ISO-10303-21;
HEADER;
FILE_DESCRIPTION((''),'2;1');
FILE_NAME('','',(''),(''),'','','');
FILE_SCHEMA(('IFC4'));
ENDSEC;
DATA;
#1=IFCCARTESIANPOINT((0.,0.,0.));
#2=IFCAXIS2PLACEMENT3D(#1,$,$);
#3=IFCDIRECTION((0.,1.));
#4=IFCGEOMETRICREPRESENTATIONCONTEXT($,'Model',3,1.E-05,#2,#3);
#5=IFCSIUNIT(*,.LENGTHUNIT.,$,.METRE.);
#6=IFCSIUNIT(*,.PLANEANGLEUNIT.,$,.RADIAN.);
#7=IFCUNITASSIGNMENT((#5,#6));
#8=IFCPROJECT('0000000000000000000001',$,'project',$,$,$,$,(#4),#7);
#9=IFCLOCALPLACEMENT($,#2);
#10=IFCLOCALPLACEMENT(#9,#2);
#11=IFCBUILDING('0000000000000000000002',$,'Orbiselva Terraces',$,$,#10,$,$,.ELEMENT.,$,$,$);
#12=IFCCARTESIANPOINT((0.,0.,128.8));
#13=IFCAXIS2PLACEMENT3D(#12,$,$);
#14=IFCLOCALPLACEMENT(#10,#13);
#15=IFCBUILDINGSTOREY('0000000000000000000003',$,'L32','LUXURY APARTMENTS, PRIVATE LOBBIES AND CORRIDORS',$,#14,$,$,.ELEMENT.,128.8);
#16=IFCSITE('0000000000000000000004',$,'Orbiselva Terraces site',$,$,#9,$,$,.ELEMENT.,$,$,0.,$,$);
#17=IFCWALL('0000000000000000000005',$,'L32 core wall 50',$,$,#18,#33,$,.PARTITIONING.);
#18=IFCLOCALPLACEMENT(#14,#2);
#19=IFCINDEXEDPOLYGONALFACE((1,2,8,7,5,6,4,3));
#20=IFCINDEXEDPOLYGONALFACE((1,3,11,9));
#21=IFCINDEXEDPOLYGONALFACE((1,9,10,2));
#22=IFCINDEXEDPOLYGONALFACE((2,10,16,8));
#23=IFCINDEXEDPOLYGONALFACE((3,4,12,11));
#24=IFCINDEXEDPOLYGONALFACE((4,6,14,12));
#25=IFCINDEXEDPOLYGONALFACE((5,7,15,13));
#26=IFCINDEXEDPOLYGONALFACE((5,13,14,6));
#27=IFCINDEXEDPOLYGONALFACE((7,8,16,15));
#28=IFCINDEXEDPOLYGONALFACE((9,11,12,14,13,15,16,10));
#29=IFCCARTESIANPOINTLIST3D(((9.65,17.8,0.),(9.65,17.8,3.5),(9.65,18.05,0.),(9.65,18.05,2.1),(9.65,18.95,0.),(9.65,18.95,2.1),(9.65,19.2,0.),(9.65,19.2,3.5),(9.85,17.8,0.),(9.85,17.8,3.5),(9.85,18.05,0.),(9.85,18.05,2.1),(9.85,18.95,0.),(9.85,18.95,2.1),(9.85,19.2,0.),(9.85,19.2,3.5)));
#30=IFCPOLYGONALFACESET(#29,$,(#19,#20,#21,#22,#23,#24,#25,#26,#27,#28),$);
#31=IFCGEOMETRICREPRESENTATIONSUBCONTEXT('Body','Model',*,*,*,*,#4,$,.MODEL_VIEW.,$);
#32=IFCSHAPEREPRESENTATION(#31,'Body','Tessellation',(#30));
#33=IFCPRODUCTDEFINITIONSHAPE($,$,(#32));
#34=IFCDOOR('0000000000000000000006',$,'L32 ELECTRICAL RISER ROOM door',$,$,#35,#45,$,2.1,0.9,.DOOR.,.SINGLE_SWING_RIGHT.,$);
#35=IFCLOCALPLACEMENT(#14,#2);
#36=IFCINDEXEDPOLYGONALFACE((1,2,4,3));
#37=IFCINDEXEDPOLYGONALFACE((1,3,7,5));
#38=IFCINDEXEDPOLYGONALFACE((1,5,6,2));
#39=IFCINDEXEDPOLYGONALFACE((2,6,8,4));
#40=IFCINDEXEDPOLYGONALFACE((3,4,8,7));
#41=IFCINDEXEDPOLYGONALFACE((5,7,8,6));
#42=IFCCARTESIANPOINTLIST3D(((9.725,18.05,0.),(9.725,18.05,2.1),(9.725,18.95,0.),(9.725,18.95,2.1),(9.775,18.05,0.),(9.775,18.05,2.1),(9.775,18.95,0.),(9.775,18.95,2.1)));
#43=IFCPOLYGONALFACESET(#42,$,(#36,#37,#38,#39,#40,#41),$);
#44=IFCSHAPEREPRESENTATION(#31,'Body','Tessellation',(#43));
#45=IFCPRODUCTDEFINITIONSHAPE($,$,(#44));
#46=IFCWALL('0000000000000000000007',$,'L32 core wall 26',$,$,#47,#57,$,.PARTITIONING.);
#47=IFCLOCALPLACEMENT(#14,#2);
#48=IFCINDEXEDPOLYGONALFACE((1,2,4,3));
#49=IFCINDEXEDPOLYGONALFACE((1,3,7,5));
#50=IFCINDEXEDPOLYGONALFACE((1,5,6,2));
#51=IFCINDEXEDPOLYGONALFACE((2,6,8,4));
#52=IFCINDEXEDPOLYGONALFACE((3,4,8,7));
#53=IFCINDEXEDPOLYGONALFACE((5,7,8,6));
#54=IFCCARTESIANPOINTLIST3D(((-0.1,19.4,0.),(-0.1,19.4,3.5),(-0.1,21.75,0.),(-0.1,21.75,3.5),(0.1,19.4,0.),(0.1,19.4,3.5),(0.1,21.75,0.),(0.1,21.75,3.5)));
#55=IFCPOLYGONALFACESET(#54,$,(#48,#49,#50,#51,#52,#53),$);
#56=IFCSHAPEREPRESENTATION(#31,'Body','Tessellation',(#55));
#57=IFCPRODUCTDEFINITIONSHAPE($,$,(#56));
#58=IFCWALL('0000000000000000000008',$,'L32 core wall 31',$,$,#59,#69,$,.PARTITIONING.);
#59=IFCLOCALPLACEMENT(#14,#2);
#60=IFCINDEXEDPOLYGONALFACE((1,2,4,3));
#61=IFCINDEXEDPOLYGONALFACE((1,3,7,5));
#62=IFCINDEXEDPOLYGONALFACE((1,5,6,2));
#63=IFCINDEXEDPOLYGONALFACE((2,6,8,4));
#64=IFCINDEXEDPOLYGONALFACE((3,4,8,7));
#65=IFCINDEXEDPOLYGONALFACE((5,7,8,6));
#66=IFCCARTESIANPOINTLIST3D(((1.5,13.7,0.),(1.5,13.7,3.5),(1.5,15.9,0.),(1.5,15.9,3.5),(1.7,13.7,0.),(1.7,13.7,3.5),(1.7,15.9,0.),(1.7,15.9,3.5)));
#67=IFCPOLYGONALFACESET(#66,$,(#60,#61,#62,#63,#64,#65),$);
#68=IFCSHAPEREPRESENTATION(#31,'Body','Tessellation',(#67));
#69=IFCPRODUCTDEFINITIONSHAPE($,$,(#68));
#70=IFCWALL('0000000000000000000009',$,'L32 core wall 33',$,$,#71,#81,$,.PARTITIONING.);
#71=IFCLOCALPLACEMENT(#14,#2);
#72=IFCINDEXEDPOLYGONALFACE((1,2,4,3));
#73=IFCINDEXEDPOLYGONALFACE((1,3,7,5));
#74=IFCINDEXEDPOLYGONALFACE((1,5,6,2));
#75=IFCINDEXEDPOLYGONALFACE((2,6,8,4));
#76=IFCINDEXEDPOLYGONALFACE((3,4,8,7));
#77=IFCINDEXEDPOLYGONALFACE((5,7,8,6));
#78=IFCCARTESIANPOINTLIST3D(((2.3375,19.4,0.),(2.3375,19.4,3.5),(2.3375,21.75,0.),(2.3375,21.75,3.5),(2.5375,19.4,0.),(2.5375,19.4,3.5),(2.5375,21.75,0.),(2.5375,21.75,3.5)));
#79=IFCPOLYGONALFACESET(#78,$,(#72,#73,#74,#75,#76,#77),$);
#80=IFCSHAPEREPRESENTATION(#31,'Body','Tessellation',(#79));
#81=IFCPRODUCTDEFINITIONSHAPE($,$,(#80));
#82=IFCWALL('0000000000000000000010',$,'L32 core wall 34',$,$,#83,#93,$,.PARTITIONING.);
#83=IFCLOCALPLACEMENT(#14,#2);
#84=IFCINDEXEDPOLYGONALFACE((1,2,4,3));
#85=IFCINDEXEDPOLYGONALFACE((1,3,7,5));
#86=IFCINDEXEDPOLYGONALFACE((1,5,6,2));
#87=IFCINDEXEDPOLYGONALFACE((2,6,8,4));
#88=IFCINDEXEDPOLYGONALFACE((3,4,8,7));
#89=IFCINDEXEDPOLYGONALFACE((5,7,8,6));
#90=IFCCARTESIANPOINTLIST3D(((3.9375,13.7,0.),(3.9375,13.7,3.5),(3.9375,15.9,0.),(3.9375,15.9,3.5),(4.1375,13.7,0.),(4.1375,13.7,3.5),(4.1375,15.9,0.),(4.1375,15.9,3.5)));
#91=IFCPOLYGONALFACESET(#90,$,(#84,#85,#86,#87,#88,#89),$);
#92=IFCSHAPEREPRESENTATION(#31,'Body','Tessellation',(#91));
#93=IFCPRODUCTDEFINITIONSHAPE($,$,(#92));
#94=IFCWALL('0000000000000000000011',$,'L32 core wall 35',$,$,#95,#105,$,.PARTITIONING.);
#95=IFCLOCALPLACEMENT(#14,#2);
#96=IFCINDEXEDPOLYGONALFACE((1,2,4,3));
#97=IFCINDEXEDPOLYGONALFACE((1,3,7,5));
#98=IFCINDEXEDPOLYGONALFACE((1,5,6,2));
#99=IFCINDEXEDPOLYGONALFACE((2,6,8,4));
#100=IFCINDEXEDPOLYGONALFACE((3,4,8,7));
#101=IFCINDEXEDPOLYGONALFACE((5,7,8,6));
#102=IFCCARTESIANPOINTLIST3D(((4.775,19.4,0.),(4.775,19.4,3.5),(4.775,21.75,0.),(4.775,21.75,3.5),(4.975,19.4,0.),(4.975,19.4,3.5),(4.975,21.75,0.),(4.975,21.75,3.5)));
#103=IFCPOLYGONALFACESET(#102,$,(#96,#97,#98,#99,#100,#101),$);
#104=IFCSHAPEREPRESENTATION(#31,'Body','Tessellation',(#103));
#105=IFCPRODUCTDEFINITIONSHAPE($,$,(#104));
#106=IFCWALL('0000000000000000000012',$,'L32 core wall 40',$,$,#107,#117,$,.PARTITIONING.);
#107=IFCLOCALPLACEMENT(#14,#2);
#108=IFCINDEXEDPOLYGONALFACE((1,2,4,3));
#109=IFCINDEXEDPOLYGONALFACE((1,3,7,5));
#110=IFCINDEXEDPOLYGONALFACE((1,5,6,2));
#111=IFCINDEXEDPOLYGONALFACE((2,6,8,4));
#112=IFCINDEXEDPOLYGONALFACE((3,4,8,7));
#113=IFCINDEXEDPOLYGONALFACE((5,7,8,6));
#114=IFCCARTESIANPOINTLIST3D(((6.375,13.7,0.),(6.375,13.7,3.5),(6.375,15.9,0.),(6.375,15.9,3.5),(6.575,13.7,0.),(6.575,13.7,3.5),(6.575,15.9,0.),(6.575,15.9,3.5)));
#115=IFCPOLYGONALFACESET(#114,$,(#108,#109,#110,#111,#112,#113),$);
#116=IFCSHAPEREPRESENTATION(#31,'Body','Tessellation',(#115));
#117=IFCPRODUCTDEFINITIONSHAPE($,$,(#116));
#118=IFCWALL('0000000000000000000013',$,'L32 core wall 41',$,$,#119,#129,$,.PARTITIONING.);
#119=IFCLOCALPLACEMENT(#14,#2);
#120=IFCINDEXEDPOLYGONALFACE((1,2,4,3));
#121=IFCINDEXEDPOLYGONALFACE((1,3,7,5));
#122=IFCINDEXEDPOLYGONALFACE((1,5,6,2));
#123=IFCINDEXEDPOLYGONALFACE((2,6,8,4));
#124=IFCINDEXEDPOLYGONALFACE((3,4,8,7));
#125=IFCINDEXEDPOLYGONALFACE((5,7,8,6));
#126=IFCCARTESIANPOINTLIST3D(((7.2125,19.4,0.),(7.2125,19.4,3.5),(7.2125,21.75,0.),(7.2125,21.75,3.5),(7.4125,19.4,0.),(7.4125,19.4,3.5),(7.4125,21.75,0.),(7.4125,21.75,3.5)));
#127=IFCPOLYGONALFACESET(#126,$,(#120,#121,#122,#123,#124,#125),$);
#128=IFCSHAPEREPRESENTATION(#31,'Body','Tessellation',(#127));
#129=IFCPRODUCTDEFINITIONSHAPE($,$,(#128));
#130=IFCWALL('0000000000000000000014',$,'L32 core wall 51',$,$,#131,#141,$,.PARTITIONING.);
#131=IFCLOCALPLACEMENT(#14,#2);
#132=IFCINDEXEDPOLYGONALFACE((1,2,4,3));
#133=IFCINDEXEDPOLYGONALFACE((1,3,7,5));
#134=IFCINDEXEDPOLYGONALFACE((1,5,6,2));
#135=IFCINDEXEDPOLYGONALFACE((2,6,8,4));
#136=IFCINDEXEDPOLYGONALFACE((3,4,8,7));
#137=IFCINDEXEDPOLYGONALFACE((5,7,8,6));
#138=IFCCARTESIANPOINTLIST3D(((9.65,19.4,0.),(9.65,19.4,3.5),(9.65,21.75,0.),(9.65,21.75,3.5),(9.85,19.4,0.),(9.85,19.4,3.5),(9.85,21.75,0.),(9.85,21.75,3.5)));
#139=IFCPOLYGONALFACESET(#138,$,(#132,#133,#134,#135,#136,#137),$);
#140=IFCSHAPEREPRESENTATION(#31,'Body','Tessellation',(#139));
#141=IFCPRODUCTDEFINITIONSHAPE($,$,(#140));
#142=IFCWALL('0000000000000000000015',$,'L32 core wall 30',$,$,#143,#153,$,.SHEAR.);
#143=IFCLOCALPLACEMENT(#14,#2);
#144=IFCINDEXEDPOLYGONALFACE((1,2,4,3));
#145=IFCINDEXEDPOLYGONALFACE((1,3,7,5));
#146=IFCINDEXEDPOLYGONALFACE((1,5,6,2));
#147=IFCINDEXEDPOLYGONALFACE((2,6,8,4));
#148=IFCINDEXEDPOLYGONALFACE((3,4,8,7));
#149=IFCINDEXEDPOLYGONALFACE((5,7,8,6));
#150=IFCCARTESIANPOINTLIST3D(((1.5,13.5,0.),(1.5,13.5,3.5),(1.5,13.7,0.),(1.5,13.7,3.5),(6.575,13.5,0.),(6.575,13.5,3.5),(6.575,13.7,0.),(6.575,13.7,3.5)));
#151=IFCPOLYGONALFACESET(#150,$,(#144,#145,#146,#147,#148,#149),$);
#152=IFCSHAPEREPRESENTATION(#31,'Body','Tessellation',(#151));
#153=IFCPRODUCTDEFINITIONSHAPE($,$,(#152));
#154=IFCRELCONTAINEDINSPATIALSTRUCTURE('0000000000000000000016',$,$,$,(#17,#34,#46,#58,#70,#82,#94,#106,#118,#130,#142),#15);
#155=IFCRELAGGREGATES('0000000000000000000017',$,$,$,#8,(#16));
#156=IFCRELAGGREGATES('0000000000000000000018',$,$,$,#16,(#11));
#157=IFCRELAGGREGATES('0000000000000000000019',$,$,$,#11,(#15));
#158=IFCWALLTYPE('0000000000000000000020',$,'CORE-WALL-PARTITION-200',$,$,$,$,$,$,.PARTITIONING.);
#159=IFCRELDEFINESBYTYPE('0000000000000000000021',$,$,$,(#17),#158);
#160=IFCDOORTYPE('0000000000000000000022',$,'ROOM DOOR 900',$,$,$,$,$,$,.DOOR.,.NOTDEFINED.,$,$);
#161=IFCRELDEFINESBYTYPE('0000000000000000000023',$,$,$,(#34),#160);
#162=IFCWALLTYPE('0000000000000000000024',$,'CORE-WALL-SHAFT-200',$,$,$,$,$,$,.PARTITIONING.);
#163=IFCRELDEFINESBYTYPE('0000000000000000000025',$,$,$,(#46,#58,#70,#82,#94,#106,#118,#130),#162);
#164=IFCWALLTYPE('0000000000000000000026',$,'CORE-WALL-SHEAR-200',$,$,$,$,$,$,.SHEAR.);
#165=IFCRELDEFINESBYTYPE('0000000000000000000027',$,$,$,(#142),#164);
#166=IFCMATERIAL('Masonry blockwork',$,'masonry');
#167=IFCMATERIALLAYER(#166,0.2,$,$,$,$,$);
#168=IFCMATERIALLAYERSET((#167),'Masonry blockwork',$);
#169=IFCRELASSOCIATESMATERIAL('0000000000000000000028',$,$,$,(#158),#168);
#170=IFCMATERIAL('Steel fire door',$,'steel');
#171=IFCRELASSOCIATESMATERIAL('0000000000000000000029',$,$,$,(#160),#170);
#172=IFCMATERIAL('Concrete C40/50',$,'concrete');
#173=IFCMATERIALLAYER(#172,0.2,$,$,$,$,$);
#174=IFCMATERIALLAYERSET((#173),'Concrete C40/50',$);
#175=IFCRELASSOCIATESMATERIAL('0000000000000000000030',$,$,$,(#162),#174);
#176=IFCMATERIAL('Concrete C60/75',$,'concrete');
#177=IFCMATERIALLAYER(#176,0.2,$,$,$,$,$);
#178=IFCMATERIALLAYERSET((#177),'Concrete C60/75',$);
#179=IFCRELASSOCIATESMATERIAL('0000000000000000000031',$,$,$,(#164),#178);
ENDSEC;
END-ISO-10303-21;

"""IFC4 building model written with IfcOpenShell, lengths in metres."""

from ifc_helpers import new_model, si_unit, direction, frame, frame_2d, origin, place, context, subcontext, project, spatial, rectangle, extrude, material, layer, layer_set, type_object, element, fill, save


model = new_model("IFC4")

# Units and contexts
model_context = context("Model", 3, precision=1e-05, world=origin(), true_north=direction((0.0, 1.0)))
body_context = subcontext(model_context, "Body", "Model", "MODEL_VIEW")
ifc_project = project(units=[si_unit("LENGTHUNIT", "METRE"), si_unit("PLANEANGLEUNIT", "RADIAN")], contexts=[model_context])

# Site, building, storey
site_placement = place(None, origin())
site = spatial("IfcSite", under=ifc_project, at=site_placement, Name="Orbiselva Terraces site", CompositionType="ELEMENT", RefElevation=0.0)
building_placement = place(site_placement, origin())
building = spatial("IfcBuilding", under=site, at=building_placement, Name="Orbiselva Terraces", CompositionType="ELEMENT")
storey_placement = place(building_placement, frame((0.0, 0.0, 128.8)))
storey = spatial("IfcBuildingStorey", under=building, at=storey_placement, Name="L32", Description="LUXURY APARTMENTS, PRIVATE LOBBIES AND CORRIDORS", CompositionType="ELEMENT", Elevation=128.8)

# Wall, opening, door
ifc_material_1 = material(Name="Masonry blockwork", Category="masonry")
ifc_layer_1 = layer(ifc_material_1, 0.2)
ifc_layer_set_1 = layer_set([ifc_layer_1], Name="Masonry blockwork")
wall_type_1 = type_object("IfcWallType", Name="CORE-WALL-PARTITION-200", PredefinedType="PARTITIONING", material=ifc_layer_set_1)
wall_1_placement = place(storey_placement, frame((9.75, 19.2, 0.0), z_axis=(0.0, 0.0, 1.0), x_axis=(0.0, -1.0, 0.0)))
wall_1 = element("IfcWall", 1, at=wall_1_placement, inside=storey, type_object=wall_type_1, Name="L32 core wall 50", PredefinedType="PARTITIONING", context=body_context, shape_type="SweptSolid", body=[
    extrude(rectangle(XDim=1.4, YDim=0.2, at=frame_2d((0.7, 0.0))), origin(), (0.0, 0.0, 1.0), 3.5),
])
opening_1_placement = place(wall_1_placement, frame((0.25, 0.0, 0.0)))
opening_1 = element("IfcOpeningElement", 2, at=opening_1_placement, cuts=wall_1, PredefinedType="OPENING", context=body_context, shape_type="SweptSolid", body=[
    extrude(rectangle(XDim=0.9, YDim=2.1, at=frame_2d((0.45, 1.05))), frame((0.0, 0.11, 0.0), z_axis=(0.0, -1.0, 0.0), x_axis=(1.0, 0.0, 0.0)), (0.0, 0.0, 1.0), 0.22),
])
ifc_material_2 = material(Name="Steel fire door", Category="steel")
door_type_1 = type_object("IfcDoorType", Name="ROOM DOOR 900", OperationType="NOTDEFINED", PredefinedType="DOOR", material=ifc_material_2)
door_1_placement = place(opening_1_placement, origin())
door_1 = element("IfcDoor", 3, at=door_1_placement, inside=storey, type_object=door_type_1, Name="L32 ELECTRICAL RISER ROOM door", OperationType="SINGLE_SWING_RIGHT", OverallHeight=2.1, OverallWidth=0.9, PredefinedType="DOOR", context=body_context, shape_type="SweptSolid", body=[
    extrude(rectangle(XDim=0.9, YDim=2.1, at=frame_2d((0.45, 1.05))), frame((0.0, 0.025, 0.0), z_axis=(0.0, -1.0, 0.0), x_axis=(1.0, 0.0, 0.0)), (0.0, 0.0, 1.0), 0.05),
])
fill(opening_1, door_1)

# Walls
ifc_material_3 = material(Name="Concrete C40/50", Category="concrete")
ifc_layer_2 = layer(ifc_material_3, 0.2)
ifc_layer_set_2 = layer_set([ifc_layer_2], Name="Concrete C40/50")
wall_type_2 = type_object("IfcWallType", Name="CORE-WALL-SHAFT-200", PredefinedType="PARTITIONING", material=ifc_layer_set_2)
wall_2_placement = place(storey_placement, frame((0.0, 19.4, 0.0), z_axis=(0.0, 0.0, 1.0), x_axis=(0.0, 1.0, 0.0)))
element("IfcWall", 4, at=wall_2_placement, inside=storey, type_object=wall_type_2, Name="L32 core wall 26", PredefinedType="PARTITIONING", context=body_context, shape_type="SweptSolid", body=[
    extrude(rectangle(XDim=2.35, YDim=0.2, at=frame_2d((1.175, 0.0))), origin(), (0.0, 0.0, 1.0), 3.5),
])
wall_3_placement = place(storey_placement, frame((1.6, 13.7, 0.0), z_axis=(0.0, 0.0, 1.0), x_axis=(0.0, 1.0, 0.0)))
element("IfcWall", 5, at=wall_3_placement, inside=storey, type_object=wall_type_2, Name="L32 core wall 31", PredefinedType="PARTITIONING", context=body_context, shape_type="SweptSolid", body=[
    extrude(rectangle(XDim=2.2, YDim=0.2, at=frame_2d((1.1, 0.0))), origin(), (0.0, 0.0, 1.0), 3.5),
])
wall_4_placement = place(storey_placement, frame((2.4375, 19.4, 0.0), z_axis=(0.0, 0.0, 1.0), x_axis=(0.0, 1.0, 0.0)))
element("IfcWall", 6, at=wall_4_placement, inside=storey, type_object=wall_type_2, Name="L32 core wall 33", PredefinedType="PARTITIONING", context=body_context, shape_type="SweptSolid", body=[
    extrude(rectangle(XDim=2.35, YDim=0.2, at=frame_2d((1.175, 0.0))), origin(), (0.0, 0.0, 1.0), 3.5),
])
wall_5_placement = place(storey_placement, frame((4.0375, 13.7, 0.0), z_axis=(0.0, 0.0, 1.0), x_axis=(0.0, 1.0, 0.0)))
element("IfcWall", 7, at=wall_5_placement, inside=storey, type_object=wall_type_2, Name="L32 core wall 34", PredefinedType="PARTITIONING", context=body_context, shape_type="SweptSolid", body=[
    extrude(rectangle(XDim=2.2, YDim=0.2, at=frame_2d((1.1, 0.0))), origin(), (0.0, 0.0, 1.0), 3.5),
])
wall_6_placement = place(storey_placement, frame((4.875, 19.4, 0.0), z_axis=(0.0, 0.0, 1.0), x_axis=(0.0, 1.0, 0.0)))
element("IfcWall", 8, at=wall_6_placement, inside=storey, type_object=wall_type_2, Name="L32 core wall 35", PredefinedType="PARTITIONING", context=body_context, shape_type="SweptSolid", body=[
    extrude(rectangle(XDim=2.35, YDim=0.2, at=frame_2d((1.175, 0.0))), origin(), (0.0, 0.0, 1.0), 3.5),
])
wall_7_placement = place(storey_placement, frame((6.475, 13.7, 0.0), z_axis=(0.0, 0.0, 1.0), x_axis=(0.0, 1.0, 0.0)))
element("IfcWall", 9, at=wall_7_placement, inside=storey, type_object=wall_type_2, Name="L32 core wall 40", PredefinedType="PARTITIONING", context=body_context, shape_type="SweptSolid", body=[
    extrude(rectangle(XDim=2.2, YDim=0.2, at=frame_2d((1.1, 0.0))), origin(), (0.0, 0.0, 1.0), 3.5),
])
for number, where, z_axis, x_axis, name in (
    (10, (7.3125, 19.4, 0.0), (0.0, 0.0, 1.0), (0.0, 1.0, 0.0), "L32 core wall 41"),
    (11, (9.75, 19.4, 0.0), (0.0, 0.0, 1.0), (0.0, 1.0, 0.0), "L32 core wall 51"),
):
    element("IfcWall", number, at=place(storey_placement, frame(where, z_axis=z_axis, x_axis=x_axis)), inside=storey, type_object=wall_type_2, Name=name, PredefinedType="PARTITIONING", context=body_context, shape_type="SweptSolid", body=[
        extrude(rectangle(XDim=2.35, YDim=0.2, at=frame_2d((1.175, 0.0))), origin(), (0.0, 0.0, 1.0), 3.5),
    ])
ifc_material_4 = material(Name="Concrete C60/75", Category="concrete")
ifc_layer_3 = layer(ifc_material_4, 0.2)
ifc_layer_set_3 = layer_set([ifc_layer_3], Name="Concrete C60/75")
wall_type_3 = type_object("IfcWallType", Name="CORE-WALL-SHEAR-200", PredefinedType="SHEAR", material=ifc_layer_set_3)
wall_8_placement = place(storey_placement, frame((1.5, 13.6, 0.0), z_axis=(0.0, 0.0, 1.0), x_axis=(1.0, 0.0, 0.0)))
element("IfcWall", 12, at=wall_8_placement, inside=storey, type_object=wall_type_3, Name="L32 core wall 30", PredefinedType="SHEAR", context=body_context, shape_type="SweptSolid", body=[
    extrude(rectangle(XDim=5.075, YDim=0.2, at=frame_2d((2.5375, 0.0))), origin(), (0.0, 0.0, 1.0), 3.5),
])

save(model, "model.ifc")
